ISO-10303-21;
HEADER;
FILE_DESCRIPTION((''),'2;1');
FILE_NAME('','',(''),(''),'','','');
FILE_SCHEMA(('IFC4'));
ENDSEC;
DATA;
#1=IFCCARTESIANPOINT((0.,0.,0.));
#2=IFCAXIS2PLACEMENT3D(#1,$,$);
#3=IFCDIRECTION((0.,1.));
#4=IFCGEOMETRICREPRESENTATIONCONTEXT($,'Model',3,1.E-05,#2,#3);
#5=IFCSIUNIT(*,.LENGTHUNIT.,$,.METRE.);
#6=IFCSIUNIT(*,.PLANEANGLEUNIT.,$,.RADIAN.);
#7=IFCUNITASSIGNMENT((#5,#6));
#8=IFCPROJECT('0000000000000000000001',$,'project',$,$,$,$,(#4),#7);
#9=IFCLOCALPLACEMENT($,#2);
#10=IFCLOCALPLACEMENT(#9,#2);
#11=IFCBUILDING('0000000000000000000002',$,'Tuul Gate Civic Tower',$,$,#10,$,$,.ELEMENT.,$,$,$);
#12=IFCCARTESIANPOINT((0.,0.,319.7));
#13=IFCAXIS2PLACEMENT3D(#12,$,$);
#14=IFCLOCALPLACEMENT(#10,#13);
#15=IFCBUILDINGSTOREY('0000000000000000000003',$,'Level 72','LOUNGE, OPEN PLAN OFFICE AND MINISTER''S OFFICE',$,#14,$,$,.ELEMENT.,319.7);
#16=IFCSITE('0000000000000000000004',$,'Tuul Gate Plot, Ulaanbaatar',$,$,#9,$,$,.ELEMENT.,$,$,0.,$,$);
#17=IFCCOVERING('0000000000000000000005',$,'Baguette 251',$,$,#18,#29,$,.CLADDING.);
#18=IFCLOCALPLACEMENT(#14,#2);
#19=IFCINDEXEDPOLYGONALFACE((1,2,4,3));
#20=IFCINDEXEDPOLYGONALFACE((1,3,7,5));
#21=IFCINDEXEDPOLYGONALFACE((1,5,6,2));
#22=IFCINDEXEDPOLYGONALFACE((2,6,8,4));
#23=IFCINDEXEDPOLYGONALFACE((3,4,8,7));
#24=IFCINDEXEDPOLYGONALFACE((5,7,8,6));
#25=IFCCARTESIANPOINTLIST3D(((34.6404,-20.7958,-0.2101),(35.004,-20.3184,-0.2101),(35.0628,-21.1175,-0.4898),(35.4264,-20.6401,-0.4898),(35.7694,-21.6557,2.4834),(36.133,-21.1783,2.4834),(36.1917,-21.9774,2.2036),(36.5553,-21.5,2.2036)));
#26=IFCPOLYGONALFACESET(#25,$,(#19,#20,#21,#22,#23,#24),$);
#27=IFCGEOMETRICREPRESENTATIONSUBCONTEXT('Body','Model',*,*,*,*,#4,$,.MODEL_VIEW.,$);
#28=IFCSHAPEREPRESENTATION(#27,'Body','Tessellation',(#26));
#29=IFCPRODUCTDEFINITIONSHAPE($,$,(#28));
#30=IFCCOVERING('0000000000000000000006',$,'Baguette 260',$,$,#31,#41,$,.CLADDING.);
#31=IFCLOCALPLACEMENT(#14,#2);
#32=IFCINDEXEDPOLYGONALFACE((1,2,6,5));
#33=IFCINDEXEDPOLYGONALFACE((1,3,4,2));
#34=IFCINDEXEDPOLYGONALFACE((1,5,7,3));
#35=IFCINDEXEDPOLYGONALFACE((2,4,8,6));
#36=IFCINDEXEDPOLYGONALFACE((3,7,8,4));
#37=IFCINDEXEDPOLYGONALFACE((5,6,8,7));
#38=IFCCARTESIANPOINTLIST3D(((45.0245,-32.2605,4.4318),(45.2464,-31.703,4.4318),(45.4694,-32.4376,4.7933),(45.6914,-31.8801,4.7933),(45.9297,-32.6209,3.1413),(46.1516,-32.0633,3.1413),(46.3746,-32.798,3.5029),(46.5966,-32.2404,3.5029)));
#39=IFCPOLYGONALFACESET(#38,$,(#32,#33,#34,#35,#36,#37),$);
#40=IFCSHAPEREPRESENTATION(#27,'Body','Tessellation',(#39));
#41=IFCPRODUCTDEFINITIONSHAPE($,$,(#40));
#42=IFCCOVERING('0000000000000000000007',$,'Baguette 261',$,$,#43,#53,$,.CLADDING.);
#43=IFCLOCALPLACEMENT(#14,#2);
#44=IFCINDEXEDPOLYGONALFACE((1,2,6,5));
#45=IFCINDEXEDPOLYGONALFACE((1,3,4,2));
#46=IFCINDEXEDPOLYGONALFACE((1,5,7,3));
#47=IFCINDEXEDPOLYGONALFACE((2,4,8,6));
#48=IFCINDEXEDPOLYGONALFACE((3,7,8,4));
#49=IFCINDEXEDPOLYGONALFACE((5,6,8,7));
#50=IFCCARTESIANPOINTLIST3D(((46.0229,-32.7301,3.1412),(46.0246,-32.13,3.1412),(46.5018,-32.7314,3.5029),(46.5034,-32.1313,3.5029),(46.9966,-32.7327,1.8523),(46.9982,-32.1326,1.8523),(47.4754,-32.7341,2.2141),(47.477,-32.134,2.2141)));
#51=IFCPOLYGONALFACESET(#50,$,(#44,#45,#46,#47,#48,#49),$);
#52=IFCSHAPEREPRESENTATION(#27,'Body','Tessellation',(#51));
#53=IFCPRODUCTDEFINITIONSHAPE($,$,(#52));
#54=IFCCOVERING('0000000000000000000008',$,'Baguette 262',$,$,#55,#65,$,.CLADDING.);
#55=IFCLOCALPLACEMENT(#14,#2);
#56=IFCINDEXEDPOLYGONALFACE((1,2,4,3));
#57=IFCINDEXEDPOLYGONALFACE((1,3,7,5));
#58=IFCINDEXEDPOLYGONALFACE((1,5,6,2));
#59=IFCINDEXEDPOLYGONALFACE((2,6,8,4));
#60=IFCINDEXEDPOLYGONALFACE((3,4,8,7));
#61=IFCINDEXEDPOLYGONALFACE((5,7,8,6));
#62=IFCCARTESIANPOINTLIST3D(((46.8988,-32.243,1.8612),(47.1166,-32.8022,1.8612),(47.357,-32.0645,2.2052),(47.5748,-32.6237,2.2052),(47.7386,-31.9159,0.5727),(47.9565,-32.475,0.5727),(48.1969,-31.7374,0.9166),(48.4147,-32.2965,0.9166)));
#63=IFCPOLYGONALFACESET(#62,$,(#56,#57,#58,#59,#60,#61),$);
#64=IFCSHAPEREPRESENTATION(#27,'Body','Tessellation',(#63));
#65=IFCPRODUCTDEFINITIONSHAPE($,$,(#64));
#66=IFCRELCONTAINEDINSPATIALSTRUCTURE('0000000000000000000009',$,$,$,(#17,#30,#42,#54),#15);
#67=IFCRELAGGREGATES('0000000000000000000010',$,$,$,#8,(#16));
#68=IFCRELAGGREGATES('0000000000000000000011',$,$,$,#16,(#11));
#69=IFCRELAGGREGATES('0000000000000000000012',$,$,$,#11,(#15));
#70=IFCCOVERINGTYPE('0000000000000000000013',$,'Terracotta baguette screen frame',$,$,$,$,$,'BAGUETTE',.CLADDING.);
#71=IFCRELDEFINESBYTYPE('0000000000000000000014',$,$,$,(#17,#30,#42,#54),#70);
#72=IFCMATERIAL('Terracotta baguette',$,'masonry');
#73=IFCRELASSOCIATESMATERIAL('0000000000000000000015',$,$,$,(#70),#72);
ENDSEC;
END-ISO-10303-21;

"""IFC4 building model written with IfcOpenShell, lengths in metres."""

from ifc_helpers import new_model, si_unit, direction, frame, origin, origin_2d, place, context, subcontext, project, spatial, rectangle, extrude, material, material_profile, profile_set, type_object, element, save


model = new_model("IFC4")

# Units and contexts
model_context = context("Model", 3, precision=1e-05, world=origin(), true_north=direction((0.0, 1.0)))
body_context = subcontext(model_context, "Body", "Model", "MODEL_VIEW")
ifc_project = project(units=[si_unit("LENGTHUNIT", "METRE"), si_unit("PLANEANGLEUNIT", "RADIAN")], contexts=[model_context])

# Site, building, storey
site_placement = place(None, origin())
site = spatial("IfcSite", under=ifc_project, at=site_placement, Name="Tuul Gate Plot, Ulaanbaatar", CompositionType="ELEMENT", RefElevation=0.0)
building_placement = place(site_placement, origin())
building = spatial("IfcBuilding", under=site, at=building_placement, Name="Tuul Gate Civic Tower", CompositionType="ELEMENT")
storey_placement = place(building_placement, frame((0.0, 0.0, 319.7)))
storey = spatial("IfcBuildingStorey", under=building, at=storey_placement, Name="Level 72", Description="LOUNGE, OPEN PLAN OFFICE AND MINISTER'S OFFICE", CompositionType="ELEMENT", Elevation=319.7)

# Coverings
ifc_material_1 = material(Name="Terracotta baguette", Category="masonry")
ifc_material_profile_1 = material_profile(ifc_material_1, rectangle(XDim=0.6001, YDim=0.6001, at=origin_2d()), Name="Terracotta baguette screen frame")
ifc_profile_set_1 = profile_set([ifc_material_profile_1], Name="Terracotta baguette")
covering_type = type_object("IfcCoveringType", Name="Terracotta baguette screen frame", ElementType="BAGUETTE", PredefinedType="CLADDING", material=ifc_profile_set_1)
covering_1_placement = place(storey_placement, frame((36.1624, -21.5779, 2.3435), z_axis=(-0.370822, 0.282447, -0.884712), x_axis=(-0.605929, -0.795519, 0.0)))
element("IfcCovering", 1, at=covering_1_placement, inside=storey, type_object=covering_type, Name="Baguette 251", PredefinedType="CLADDING", context=body_context, shape_type="SweptSolid", body=[
    extrude(rectangle(XDim=0.6001, YDim=0.6001, at=origin_2d()), origin(), (0.0, 0.0, 1.0), 3.0444),
])
covering_2_placement = place(storey_placement, frame((45.3579, -32.0703, 4.6125), z_axis=(0.559832, -0.222846, -0.798078), x_axis=(0.369835, 0.929097, 0.0)))
element("IfcCovering", 2, at=covering_2_placement, inside=storey, type_object=covering_type, Name="Baguette 260", PredefinedType="CLADDING", context=body_context, shape_type="SweptSolid", body=[
    extrude(rectangle(XDim=0.6001, YDim=0.6001, at=origin_2d()), origin(), (0.0, 0.0, 1.0), 1.6169),
])
covering_3_placement = place(storey_placement, frame((46.2632, -32.4307, 3.322), z_axis=(0.602777, -0.001663, -0.797908), x_axis=(0.002758, 0.999996, 0.0)))
element("IfcCovering", 3, at=covering_3_placement, inside=storey, type_object=covering_type, Name="Baguette 261", PredefinedType="CLADDING", context=body_context, shape_type="SweptSolid", body=[
    extrude(rectangle(XDim=0.6001, YDim=0.6001, at=origin_2d()), origin(), (0.0, 0.0, 1.0), 1.6152),
])
covering_4_placement = place(storey_placement, frame((47.2368, -32.4333, 2.0332), z_axis=(0.534079, 0.208042, -0.819438), x_axis=(-0.362969, 0.931801, 0.0)))
element("IfcCovering", 4, at=covering_4_placement, inside=storey, type_object=covering_type, Name="Baguette 262", PredefinedType="CLADDING", context=body_context, shape_type="SweptSolid", body=[
    extrude(rectangle(XDim=0.6001, YDim=0.6001, at=origin_2d()), origin(), (0.0, 0.0, 1.0), 1.5725),
])

save(model, "model.ifc")
